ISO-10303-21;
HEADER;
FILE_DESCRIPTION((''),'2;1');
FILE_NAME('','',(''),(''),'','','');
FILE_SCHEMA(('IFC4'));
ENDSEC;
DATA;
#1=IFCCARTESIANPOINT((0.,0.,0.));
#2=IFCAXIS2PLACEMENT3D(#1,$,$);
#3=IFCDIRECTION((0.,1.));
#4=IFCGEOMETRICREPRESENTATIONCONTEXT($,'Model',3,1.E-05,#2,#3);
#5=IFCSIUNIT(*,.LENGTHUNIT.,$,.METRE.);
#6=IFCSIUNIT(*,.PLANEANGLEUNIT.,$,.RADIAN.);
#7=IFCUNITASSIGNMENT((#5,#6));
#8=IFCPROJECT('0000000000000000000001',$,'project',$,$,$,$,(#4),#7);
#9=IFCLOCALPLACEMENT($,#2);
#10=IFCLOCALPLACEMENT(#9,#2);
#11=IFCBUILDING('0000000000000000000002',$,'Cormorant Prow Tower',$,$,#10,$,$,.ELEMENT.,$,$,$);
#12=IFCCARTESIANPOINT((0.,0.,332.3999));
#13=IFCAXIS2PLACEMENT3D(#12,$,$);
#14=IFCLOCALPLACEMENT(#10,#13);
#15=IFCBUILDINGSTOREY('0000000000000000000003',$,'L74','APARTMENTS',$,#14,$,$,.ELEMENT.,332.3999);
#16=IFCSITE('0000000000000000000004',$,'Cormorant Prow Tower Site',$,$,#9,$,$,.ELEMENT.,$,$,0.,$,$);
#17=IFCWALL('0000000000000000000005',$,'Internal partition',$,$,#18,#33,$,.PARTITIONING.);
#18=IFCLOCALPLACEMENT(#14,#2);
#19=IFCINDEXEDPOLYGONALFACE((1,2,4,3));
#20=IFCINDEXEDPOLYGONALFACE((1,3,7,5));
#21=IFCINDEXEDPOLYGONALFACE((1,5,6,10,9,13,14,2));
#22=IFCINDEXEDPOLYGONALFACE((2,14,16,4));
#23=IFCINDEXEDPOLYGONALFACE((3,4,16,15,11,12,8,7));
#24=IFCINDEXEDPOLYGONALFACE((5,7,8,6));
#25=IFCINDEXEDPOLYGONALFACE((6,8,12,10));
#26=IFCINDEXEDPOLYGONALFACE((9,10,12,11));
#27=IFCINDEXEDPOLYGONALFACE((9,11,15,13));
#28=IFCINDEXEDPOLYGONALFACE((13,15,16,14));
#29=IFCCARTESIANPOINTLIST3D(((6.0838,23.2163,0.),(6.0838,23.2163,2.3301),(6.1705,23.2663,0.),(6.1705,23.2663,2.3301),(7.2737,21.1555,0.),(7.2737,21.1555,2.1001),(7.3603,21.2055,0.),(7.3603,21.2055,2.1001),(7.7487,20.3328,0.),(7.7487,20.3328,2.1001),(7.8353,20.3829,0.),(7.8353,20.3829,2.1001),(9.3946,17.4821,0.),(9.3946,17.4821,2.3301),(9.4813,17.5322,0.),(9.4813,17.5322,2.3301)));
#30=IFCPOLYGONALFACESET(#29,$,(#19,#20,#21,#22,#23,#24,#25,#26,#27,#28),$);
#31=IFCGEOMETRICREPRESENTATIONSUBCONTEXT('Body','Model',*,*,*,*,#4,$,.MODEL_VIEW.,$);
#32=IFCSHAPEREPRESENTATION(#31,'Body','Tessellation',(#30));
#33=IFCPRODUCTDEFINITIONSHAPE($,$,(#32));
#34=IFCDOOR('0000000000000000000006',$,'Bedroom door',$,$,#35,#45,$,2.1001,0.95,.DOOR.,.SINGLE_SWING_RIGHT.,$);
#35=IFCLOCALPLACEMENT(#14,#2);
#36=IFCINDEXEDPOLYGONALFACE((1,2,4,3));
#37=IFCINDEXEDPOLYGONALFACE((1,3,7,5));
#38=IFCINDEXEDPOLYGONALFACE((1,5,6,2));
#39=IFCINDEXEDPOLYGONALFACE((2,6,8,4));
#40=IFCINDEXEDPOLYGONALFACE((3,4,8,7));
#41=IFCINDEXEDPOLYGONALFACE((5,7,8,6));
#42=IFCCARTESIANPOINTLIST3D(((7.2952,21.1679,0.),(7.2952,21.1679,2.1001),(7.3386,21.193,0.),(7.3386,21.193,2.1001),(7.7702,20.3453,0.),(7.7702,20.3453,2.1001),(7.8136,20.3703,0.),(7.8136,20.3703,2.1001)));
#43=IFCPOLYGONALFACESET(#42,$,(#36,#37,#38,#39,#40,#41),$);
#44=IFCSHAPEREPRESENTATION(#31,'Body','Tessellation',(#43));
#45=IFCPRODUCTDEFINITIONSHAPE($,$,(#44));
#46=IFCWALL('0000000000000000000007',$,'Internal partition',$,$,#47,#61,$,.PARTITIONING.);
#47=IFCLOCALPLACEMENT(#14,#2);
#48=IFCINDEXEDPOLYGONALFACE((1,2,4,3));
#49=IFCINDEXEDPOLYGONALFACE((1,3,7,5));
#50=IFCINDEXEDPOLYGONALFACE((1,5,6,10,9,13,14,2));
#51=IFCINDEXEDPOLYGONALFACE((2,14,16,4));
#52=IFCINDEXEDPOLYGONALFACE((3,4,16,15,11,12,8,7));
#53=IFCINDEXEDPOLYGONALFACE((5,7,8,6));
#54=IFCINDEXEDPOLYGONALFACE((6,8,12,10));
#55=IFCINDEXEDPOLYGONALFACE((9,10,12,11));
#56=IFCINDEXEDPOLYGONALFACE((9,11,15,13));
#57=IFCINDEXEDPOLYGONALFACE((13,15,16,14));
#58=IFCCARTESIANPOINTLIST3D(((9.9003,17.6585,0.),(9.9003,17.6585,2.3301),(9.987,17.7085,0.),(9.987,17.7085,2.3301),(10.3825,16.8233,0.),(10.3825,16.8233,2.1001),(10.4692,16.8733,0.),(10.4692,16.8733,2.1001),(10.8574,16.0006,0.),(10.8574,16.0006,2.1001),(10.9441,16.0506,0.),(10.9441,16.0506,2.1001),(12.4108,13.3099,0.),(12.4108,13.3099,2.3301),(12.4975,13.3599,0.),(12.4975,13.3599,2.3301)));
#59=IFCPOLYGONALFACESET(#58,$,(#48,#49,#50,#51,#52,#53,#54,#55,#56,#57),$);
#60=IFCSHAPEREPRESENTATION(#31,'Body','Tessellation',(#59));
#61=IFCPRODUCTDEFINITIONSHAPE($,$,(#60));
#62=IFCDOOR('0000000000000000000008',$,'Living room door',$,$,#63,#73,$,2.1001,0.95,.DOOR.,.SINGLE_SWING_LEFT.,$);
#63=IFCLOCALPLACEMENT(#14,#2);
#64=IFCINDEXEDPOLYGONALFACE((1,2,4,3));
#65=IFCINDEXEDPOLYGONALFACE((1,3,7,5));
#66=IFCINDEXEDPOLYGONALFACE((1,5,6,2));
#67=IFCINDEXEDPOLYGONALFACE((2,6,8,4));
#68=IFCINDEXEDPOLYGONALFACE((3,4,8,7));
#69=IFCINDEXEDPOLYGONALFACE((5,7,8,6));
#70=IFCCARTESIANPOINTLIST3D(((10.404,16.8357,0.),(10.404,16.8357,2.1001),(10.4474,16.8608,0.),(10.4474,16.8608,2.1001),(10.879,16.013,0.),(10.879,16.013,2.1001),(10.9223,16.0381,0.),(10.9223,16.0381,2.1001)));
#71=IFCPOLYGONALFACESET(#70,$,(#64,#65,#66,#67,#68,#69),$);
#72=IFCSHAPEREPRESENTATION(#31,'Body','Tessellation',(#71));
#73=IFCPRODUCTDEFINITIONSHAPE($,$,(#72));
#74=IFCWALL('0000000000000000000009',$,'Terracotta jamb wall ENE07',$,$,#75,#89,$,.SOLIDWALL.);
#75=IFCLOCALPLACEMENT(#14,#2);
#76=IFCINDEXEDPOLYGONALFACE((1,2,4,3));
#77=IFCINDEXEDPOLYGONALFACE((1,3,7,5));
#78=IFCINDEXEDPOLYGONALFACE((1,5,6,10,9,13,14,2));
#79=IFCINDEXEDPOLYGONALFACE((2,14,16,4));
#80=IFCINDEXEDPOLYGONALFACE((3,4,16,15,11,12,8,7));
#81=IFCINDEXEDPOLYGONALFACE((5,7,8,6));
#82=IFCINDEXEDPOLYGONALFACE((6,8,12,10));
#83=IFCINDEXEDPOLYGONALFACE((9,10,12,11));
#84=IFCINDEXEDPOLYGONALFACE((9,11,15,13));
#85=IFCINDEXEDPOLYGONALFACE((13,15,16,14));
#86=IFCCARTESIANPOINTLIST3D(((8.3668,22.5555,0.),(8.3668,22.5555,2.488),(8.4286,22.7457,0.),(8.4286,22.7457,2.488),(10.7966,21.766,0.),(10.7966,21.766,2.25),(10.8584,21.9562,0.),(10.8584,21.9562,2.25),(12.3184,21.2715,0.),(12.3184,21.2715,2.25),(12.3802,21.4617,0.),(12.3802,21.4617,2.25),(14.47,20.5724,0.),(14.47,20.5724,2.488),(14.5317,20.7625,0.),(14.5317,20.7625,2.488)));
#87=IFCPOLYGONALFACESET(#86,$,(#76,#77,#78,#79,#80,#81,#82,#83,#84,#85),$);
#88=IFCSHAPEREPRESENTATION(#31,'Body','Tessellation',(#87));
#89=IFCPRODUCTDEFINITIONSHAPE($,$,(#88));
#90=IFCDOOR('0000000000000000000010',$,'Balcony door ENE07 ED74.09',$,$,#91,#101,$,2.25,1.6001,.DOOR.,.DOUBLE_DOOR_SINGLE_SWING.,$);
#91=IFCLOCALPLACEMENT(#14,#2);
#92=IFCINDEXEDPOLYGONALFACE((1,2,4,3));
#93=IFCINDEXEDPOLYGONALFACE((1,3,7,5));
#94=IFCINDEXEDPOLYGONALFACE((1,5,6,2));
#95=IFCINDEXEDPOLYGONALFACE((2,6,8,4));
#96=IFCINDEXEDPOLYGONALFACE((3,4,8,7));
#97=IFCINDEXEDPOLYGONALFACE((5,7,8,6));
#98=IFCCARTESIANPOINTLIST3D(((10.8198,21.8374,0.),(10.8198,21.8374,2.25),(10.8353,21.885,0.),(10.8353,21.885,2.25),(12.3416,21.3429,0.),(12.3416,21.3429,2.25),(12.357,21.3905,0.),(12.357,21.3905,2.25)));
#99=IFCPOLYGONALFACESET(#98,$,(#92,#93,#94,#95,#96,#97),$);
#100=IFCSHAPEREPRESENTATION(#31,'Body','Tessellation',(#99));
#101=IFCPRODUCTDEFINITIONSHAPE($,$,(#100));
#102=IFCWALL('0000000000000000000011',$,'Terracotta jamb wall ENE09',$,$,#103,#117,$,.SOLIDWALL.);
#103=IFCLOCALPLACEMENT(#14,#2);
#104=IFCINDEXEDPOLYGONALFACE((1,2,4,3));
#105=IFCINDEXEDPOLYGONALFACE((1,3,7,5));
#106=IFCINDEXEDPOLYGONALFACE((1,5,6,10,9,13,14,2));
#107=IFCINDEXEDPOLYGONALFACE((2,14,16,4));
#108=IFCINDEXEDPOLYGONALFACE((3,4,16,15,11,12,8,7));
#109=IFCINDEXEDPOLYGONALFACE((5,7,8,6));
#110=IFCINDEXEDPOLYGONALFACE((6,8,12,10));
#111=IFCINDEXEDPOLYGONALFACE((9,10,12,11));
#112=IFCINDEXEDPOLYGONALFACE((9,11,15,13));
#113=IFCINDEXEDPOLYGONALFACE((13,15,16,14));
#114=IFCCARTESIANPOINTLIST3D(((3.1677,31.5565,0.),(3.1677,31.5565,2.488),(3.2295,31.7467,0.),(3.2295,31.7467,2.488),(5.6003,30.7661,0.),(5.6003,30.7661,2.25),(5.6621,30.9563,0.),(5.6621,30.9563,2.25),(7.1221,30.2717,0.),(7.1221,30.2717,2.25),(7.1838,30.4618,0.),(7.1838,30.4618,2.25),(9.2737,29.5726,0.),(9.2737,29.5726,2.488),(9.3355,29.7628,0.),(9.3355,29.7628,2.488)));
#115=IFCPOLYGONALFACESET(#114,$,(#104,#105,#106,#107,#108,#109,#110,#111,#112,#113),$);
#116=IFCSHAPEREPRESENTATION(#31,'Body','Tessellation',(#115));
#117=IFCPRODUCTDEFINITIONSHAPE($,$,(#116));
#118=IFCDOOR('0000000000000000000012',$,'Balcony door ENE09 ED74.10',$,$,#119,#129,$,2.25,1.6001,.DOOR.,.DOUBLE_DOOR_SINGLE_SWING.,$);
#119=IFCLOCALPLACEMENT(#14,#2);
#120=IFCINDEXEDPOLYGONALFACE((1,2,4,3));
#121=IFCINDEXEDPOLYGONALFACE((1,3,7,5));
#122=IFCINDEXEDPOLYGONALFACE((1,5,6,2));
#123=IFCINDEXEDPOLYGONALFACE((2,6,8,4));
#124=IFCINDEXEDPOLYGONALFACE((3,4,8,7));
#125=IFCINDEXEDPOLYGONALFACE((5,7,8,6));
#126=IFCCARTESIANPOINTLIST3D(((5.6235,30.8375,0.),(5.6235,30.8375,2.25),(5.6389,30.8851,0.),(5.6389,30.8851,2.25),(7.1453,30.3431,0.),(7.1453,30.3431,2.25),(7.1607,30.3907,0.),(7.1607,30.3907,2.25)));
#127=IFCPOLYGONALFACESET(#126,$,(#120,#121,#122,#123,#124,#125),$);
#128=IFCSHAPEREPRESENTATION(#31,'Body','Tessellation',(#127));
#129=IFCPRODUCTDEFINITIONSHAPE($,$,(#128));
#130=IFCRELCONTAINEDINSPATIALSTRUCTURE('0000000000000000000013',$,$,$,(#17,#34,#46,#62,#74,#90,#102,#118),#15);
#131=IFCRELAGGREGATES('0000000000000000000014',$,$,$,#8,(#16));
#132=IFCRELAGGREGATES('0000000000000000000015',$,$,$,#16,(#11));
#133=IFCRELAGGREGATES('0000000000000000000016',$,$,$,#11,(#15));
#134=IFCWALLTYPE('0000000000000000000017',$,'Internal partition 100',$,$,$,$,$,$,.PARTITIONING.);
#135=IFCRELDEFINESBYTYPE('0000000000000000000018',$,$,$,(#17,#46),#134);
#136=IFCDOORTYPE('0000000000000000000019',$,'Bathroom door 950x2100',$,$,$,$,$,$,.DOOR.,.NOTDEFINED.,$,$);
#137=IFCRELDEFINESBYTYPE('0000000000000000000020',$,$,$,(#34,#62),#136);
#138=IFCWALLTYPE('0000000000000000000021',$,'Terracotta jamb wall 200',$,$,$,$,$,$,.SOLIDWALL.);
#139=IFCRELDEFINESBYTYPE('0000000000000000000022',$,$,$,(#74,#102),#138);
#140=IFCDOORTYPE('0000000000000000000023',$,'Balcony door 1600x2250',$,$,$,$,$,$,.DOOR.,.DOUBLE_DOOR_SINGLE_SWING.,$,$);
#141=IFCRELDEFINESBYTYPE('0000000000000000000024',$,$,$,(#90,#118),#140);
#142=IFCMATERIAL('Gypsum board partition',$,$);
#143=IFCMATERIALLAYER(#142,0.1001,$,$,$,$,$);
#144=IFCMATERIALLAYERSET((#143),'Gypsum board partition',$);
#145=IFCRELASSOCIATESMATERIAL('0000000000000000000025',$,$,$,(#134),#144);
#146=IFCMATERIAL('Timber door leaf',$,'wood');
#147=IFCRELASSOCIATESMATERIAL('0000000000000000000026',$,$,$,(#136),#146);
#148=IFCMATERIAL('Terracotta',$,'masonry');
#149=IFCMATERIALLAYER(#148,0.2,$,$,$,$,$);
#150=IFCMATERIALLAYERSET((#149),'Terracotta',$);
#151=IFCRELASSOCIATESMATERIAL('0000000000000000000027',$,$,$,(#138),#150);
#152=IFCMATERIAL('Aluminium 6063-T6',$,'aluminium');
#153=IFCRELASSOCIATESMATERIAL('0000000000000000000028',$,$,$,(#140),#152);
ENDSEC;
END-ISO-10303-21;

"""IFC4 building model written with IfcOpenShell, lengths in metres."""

from ifc_helpers import new_model, si_unit, direction, frame, frame_2d, origin, place, context, subcontext, project, spatial, rectangle, extrude, material, layer, layer_set, type_object, element, fill, save


model = new_model("IFC4")

# Units and contexts
model_context = context("Model", 3, precision=1e-05, world=origin(), true_north=direction((0.0, 1.0)))
body_context = subcontext(model_context, "Body", "Model", "MODEL_VIEW")
ifc_project = project(units=[si_unit("LENGTHUNIT", "METRE"), si_unit("PLANEANGLEUNIT", "RADIAN")], contexts=[model_context])

# Site, building, storey
site_placement = place(None, origin())
site = spatial("IfcSite", under=ifc_project, at=site_placement, Name="Cormorant Prow Tower Site", CompositionType="ELEMENT", RefElevation=0.0)
building_placement = place(site_placement, origin())
building = spatial("IfcBuilding", under=site, at=building_placement, Name="Cormorant Prow Tower", CompositionType="ELEMENT")
storey_placement = place(building_placement, frame((0.0, 0.0, 332.3999)))
storey = spatial("IfcBuildingStorey", under=building, at=storey_placement, Name="L74", Description="APARTMENTS", CompositionType="ELEMENT", Elevation=332.3999)

# Walls, openings, doors
ifc_material_1 = material(Name="Gypsum board partition")
ifc_layer_1 = layer(ifc_material_1, 0.1001)
ifc_layer_set_1 = layer_set([ifc_layer_1], Name="Gypsum board partition")
wall_type_1 = type_object("IfcWallType", Name="Internal partition 100", PredefinedType="PARTITIONING", material=ifc_layer_set_1)
wall_1_placement = place(storey_placement, frame((6.1272, 23.2412, 0.0), z_axis=(0.0, 0.0, 1.0), x_axis=(0.500021, -0.866013, 0.0)))
wall_1 = element("IfcWall", 1, at=wall_1_placement, inside=storey, type_object=wall_type_1, Name="Internal partition", PredefinedType="PARTITIONING", context=body_context, shape_type="SweptSolid", body=[
    extrude(rectangle(XDim=6.6213, YDim=0.1001, at=frame_2d((3.3105, 0.0))), origin(), (0.0, 0.0, 1.0), 2.3301),
])
opening_1_placement = place(wall_1_placement, frame((2.3794, 0.0, 0.0)))
opening_1 = element("IfcOpeningElement", 2, at=opening_1_placement, cuts=wall_1, PredefinedType="OPENING", context=body_context, shape_type="SweptSolid", body=[
    extrude(rectangle(XDim=0.95, YDim=2.1001, at=frame_2d((0.4751, 1.05))), frame((0.0, 0.0601, 0.0), z_axis=(0.0, -1.0, 0.0), x_axis=(1.0, 0.0, 0.0)), (0.0, 0.0, 1.0), 0.1201),
])
ifc_material_2 = material(Name="Timber door leaf", Category="wood")
door_type_1 = type_object("IfcDoorType", Name="Bathroom door 950x2100", OperationType="NOTDEFINED", PredefinedType="DOOR", material=ifc_material_2)
door_1_placement = place(opening_1_placement, origin())
door_1 = element("IfcDoor", 3, at=door_1_placement, inside=storey, type_object=door_type_1, Name="Bedroom door", OperationType="SINGLE_SWING_RIGHT", OverallHeight=2.1001, OverallWidth=0.95, PredefinedType="DOOR", context=body_context, shape_type="SweptSolid", body=[
    extrude(rectangle(XDim=0.95, YDim=2.1001, at=frame_2d((0.4751, 1.05))), frame((0.0, 0.0249, 0.0), z_axis=(0.0, -1.0, 0.0), x_axis=(1.0, 0.0, 0.0)), (0.0, 0.0, 1.0), 0.05),
])
fill(opening_1, door_1)
wall_2_placement = place(storey_placement, frame((9.9436, 17.6836, 0.0), z_axis=(0.0, 0.0, 1.0), x_axis=(0.499972, -0.866041, 0.0)))
wall_2 = element("IfcWall", 4, at=wall_2_placement, inside=storey, type_object=wall_type_1, Name="Internal partition", PredefinedType="PARTITIONING", context=body_context, shape_type="SweptSolid", body=[
    extrude(rectangle(XDim=5.0212, YDim=0.1001, at=frame_2d((2.5107, 0.0))), origin(), (0.0, 0.0, 1.0), 2.3301),
])
opening_2_placement = place(wall_2_placement, frame((0.9644, 0.0, 0.0)))
opening_2 = element("IfcOpeningElement", 5, at=opening_2_placement, cuts=wall_2, PredefinedType="OPENING", context=body_context, shape_type="SweptSolid", body=[
    extrude(rectangle(XDim=0.95, YDim=2.1001, at=frame_2d((0.4751, 1.05))), frame((0.0, 0.0601, 0.0), z_axis=(0.0, -1.0, 0.0), x_axis=(1.0, 0.0, 0.0)), (0.0, 0.0, 1.0), 0.1201),
])
door_2_placement = place(opening_2_placement, origin())
door_2 = element("IfcDoor", 6, at=door_2_placement, inside=storey, type_object=door_type_1, Name="Living room door", OperationType="SINGLE_SWING_LEFT", OverallHeight=2.1001, OverallWidth=0.95, PredefinedType="DOOR", context=body_context, shape_type="SweptSolid", body=[
    extrude(rectangle(XDim=0.95, YDim=2.1001, at=frame_2d((0.4751, 1.05))), frame((0.0, 0.0249, 0.0), z_axis=(0.0, -1.0, 0.0), x_axis=(1.0, 0.0, 0.0)), (0.0, 0.0, 1.0), 0.05),
])
fill(opening_2, door_2)
ifc_material_3 = material(Name="Terracotta", Category="masonry")
ifc_layer_2 = layer(ifc_material_3, 0.2)
ifc_layer_set_2 = layer_set([ifc_layer_2], Name="Terracotta")
wall_type_2 = type_object("IfcWallType", Name="Terracotta jamb wall 200", PredefinedType="SOLIDWALL", material=ifc_layer_set_2)
wall_3_placement = place(storey_placement, frame((14.5007, 20.6675, 0.0), z_axis=(0.0, 0.0, 1.0), x_axis=(-0.951049, 0.30904, 0.0)))
wall_3 = element("IfcWall", 7, at=wall_3_placement, inside=storey, type_object=wall_type_2, Name="Terracotta jamb wall ENE07", PredefinedType="SOLIDWALL", context=body_context, shape_type="SweptSolid", body=[
    extrude(rectangle(XDim=6.4172, YDim=0.2, at=frame_2d((3.2085, 0.0))), origin(), (0.0, 0.0, 1.0), 2.488),
])
opening_3_placement = place(wall_3_placement, frame((2.2622, 0.0, 0.0)))
opening_3 = element("IfcOpeningElement", 8, at=opening_3_placement, cuts=wall_3, PredefinedType="OPENING", context=body_context, shape_type="SweptSolid", body=[
    extrude(rectangle(XDim=1.6001, YDim=2.25, at=frame_2d((0.8, 1.125))), frame((0.0, 0.1099, 0.0), z_axis=(0.0, -1.0, 0.0), x_axis=(1.0, 0.0, 0.0)), (0.0, 0.0, 1.0), 0.22),
])
ifc_material_4 = material(Name="Aluminium 6063-T6", Category="aluminium")
door_type_2 = type_object("IfcDoorType", Name="Balcony door 1600x2250", OperationType="DOUBLE_DOOR_SINGLE_SWING", PredefinedType="DOOR", material=ifc_material_4)
door_3_placement = place(opening_3_placement, origin())
door_3 = element("IfcDoor", 9, at=door_3_placement, inside=storey, type_object=door_type_2, Name="Balcony door ENE07 ED74.09", OperationType="DOUBLE_DOOR_SINGLE_SWING", OverallHeight=2.25, OverallWidth=1.6001, PredefinedType="DOOR", context=body_context, shape_type="SweptSolid", body=[
    extrude(rectangle(XDim=1.6001, YDim=2.25, at=frame_2d((0.8, 1.125))), frame((0.0, 0.0249, 0.0), z_axis=(0.0, -1.0, 0.0), x_axis=(1.0, 0.0, 0.0)), (0.0, 0.0, 1.0), 0.05),
])
fill(opening_3, door_3)
wall_4_placement = place(storey_placement, frame((9.3044, 29.6677, 0.0), z_axis=(0.0, 0.0, 1.0), x_axis=(-0.951059, 0.309009, 0.0)))
wall_4 = element("IfcWall", 10, at=wall_4_placement, inside=storey, type_object=wall_type_2, Name="Terracotta jamb wall ENE09", PredefinedType="SOLIDWALL", context=body_context, shape_type="SweptSolid", body=[
    extrude(rectangle(XDim=6.4202, YDim=0.2, at=frame_2d((3.21, 0.0))), origin(), (0.0, 0.0, 1.0), 2.488),
])
opening_4_placement = place(wall_4_placement, frame((2.2622, 0.0, 0.0)))
opening_4 = element("IfcOpeningElement", 11, at=opening_4_placement, cuts=wall_4, PredefinedType="OPENING", context=body_context, shape_type="SweptSolid", body=[
    extrude(rectangle(XDim=1.6001, YDim=2.25, at=frame_2d((0.8, 1.125))), frame((0.0, 0.1099, 0.0), z_axis=(0.0, -1.0, 0.0), x_axis=(1.0, 0.0, 0.0)), (0.0, 0.0, 1.0), 0.22),
])
door_4_placement = place(opening_4_placement, origin())
door_4 = element("IfcDoor", 12, at=door_4_placement, inside=storey, type_object=door_type_2, Name="Balcony door ENE09 ED74.10", OperationType="DOUBLE_DOOR_SINGLE_SWING", OverallHeight=2.25, OverallWidth=1.6001, PredefinedType="DOOR", context=body_context, shape_type="SweptSolid", body=[
    extrude(rectangle(XDim=1.6001, YDim=2.25, at=frame_2d((0.8, 1.125))), frame((0.0, 0.0249, 0.0), z_axis=(0.0, -1.0, 0.0), x_axis=(1.0, 0.0, 0.0)), (0.0, 0.0, 1.0), 0.05),
])
fill(opening_4, door_4)

save(model, "model.ifc")
